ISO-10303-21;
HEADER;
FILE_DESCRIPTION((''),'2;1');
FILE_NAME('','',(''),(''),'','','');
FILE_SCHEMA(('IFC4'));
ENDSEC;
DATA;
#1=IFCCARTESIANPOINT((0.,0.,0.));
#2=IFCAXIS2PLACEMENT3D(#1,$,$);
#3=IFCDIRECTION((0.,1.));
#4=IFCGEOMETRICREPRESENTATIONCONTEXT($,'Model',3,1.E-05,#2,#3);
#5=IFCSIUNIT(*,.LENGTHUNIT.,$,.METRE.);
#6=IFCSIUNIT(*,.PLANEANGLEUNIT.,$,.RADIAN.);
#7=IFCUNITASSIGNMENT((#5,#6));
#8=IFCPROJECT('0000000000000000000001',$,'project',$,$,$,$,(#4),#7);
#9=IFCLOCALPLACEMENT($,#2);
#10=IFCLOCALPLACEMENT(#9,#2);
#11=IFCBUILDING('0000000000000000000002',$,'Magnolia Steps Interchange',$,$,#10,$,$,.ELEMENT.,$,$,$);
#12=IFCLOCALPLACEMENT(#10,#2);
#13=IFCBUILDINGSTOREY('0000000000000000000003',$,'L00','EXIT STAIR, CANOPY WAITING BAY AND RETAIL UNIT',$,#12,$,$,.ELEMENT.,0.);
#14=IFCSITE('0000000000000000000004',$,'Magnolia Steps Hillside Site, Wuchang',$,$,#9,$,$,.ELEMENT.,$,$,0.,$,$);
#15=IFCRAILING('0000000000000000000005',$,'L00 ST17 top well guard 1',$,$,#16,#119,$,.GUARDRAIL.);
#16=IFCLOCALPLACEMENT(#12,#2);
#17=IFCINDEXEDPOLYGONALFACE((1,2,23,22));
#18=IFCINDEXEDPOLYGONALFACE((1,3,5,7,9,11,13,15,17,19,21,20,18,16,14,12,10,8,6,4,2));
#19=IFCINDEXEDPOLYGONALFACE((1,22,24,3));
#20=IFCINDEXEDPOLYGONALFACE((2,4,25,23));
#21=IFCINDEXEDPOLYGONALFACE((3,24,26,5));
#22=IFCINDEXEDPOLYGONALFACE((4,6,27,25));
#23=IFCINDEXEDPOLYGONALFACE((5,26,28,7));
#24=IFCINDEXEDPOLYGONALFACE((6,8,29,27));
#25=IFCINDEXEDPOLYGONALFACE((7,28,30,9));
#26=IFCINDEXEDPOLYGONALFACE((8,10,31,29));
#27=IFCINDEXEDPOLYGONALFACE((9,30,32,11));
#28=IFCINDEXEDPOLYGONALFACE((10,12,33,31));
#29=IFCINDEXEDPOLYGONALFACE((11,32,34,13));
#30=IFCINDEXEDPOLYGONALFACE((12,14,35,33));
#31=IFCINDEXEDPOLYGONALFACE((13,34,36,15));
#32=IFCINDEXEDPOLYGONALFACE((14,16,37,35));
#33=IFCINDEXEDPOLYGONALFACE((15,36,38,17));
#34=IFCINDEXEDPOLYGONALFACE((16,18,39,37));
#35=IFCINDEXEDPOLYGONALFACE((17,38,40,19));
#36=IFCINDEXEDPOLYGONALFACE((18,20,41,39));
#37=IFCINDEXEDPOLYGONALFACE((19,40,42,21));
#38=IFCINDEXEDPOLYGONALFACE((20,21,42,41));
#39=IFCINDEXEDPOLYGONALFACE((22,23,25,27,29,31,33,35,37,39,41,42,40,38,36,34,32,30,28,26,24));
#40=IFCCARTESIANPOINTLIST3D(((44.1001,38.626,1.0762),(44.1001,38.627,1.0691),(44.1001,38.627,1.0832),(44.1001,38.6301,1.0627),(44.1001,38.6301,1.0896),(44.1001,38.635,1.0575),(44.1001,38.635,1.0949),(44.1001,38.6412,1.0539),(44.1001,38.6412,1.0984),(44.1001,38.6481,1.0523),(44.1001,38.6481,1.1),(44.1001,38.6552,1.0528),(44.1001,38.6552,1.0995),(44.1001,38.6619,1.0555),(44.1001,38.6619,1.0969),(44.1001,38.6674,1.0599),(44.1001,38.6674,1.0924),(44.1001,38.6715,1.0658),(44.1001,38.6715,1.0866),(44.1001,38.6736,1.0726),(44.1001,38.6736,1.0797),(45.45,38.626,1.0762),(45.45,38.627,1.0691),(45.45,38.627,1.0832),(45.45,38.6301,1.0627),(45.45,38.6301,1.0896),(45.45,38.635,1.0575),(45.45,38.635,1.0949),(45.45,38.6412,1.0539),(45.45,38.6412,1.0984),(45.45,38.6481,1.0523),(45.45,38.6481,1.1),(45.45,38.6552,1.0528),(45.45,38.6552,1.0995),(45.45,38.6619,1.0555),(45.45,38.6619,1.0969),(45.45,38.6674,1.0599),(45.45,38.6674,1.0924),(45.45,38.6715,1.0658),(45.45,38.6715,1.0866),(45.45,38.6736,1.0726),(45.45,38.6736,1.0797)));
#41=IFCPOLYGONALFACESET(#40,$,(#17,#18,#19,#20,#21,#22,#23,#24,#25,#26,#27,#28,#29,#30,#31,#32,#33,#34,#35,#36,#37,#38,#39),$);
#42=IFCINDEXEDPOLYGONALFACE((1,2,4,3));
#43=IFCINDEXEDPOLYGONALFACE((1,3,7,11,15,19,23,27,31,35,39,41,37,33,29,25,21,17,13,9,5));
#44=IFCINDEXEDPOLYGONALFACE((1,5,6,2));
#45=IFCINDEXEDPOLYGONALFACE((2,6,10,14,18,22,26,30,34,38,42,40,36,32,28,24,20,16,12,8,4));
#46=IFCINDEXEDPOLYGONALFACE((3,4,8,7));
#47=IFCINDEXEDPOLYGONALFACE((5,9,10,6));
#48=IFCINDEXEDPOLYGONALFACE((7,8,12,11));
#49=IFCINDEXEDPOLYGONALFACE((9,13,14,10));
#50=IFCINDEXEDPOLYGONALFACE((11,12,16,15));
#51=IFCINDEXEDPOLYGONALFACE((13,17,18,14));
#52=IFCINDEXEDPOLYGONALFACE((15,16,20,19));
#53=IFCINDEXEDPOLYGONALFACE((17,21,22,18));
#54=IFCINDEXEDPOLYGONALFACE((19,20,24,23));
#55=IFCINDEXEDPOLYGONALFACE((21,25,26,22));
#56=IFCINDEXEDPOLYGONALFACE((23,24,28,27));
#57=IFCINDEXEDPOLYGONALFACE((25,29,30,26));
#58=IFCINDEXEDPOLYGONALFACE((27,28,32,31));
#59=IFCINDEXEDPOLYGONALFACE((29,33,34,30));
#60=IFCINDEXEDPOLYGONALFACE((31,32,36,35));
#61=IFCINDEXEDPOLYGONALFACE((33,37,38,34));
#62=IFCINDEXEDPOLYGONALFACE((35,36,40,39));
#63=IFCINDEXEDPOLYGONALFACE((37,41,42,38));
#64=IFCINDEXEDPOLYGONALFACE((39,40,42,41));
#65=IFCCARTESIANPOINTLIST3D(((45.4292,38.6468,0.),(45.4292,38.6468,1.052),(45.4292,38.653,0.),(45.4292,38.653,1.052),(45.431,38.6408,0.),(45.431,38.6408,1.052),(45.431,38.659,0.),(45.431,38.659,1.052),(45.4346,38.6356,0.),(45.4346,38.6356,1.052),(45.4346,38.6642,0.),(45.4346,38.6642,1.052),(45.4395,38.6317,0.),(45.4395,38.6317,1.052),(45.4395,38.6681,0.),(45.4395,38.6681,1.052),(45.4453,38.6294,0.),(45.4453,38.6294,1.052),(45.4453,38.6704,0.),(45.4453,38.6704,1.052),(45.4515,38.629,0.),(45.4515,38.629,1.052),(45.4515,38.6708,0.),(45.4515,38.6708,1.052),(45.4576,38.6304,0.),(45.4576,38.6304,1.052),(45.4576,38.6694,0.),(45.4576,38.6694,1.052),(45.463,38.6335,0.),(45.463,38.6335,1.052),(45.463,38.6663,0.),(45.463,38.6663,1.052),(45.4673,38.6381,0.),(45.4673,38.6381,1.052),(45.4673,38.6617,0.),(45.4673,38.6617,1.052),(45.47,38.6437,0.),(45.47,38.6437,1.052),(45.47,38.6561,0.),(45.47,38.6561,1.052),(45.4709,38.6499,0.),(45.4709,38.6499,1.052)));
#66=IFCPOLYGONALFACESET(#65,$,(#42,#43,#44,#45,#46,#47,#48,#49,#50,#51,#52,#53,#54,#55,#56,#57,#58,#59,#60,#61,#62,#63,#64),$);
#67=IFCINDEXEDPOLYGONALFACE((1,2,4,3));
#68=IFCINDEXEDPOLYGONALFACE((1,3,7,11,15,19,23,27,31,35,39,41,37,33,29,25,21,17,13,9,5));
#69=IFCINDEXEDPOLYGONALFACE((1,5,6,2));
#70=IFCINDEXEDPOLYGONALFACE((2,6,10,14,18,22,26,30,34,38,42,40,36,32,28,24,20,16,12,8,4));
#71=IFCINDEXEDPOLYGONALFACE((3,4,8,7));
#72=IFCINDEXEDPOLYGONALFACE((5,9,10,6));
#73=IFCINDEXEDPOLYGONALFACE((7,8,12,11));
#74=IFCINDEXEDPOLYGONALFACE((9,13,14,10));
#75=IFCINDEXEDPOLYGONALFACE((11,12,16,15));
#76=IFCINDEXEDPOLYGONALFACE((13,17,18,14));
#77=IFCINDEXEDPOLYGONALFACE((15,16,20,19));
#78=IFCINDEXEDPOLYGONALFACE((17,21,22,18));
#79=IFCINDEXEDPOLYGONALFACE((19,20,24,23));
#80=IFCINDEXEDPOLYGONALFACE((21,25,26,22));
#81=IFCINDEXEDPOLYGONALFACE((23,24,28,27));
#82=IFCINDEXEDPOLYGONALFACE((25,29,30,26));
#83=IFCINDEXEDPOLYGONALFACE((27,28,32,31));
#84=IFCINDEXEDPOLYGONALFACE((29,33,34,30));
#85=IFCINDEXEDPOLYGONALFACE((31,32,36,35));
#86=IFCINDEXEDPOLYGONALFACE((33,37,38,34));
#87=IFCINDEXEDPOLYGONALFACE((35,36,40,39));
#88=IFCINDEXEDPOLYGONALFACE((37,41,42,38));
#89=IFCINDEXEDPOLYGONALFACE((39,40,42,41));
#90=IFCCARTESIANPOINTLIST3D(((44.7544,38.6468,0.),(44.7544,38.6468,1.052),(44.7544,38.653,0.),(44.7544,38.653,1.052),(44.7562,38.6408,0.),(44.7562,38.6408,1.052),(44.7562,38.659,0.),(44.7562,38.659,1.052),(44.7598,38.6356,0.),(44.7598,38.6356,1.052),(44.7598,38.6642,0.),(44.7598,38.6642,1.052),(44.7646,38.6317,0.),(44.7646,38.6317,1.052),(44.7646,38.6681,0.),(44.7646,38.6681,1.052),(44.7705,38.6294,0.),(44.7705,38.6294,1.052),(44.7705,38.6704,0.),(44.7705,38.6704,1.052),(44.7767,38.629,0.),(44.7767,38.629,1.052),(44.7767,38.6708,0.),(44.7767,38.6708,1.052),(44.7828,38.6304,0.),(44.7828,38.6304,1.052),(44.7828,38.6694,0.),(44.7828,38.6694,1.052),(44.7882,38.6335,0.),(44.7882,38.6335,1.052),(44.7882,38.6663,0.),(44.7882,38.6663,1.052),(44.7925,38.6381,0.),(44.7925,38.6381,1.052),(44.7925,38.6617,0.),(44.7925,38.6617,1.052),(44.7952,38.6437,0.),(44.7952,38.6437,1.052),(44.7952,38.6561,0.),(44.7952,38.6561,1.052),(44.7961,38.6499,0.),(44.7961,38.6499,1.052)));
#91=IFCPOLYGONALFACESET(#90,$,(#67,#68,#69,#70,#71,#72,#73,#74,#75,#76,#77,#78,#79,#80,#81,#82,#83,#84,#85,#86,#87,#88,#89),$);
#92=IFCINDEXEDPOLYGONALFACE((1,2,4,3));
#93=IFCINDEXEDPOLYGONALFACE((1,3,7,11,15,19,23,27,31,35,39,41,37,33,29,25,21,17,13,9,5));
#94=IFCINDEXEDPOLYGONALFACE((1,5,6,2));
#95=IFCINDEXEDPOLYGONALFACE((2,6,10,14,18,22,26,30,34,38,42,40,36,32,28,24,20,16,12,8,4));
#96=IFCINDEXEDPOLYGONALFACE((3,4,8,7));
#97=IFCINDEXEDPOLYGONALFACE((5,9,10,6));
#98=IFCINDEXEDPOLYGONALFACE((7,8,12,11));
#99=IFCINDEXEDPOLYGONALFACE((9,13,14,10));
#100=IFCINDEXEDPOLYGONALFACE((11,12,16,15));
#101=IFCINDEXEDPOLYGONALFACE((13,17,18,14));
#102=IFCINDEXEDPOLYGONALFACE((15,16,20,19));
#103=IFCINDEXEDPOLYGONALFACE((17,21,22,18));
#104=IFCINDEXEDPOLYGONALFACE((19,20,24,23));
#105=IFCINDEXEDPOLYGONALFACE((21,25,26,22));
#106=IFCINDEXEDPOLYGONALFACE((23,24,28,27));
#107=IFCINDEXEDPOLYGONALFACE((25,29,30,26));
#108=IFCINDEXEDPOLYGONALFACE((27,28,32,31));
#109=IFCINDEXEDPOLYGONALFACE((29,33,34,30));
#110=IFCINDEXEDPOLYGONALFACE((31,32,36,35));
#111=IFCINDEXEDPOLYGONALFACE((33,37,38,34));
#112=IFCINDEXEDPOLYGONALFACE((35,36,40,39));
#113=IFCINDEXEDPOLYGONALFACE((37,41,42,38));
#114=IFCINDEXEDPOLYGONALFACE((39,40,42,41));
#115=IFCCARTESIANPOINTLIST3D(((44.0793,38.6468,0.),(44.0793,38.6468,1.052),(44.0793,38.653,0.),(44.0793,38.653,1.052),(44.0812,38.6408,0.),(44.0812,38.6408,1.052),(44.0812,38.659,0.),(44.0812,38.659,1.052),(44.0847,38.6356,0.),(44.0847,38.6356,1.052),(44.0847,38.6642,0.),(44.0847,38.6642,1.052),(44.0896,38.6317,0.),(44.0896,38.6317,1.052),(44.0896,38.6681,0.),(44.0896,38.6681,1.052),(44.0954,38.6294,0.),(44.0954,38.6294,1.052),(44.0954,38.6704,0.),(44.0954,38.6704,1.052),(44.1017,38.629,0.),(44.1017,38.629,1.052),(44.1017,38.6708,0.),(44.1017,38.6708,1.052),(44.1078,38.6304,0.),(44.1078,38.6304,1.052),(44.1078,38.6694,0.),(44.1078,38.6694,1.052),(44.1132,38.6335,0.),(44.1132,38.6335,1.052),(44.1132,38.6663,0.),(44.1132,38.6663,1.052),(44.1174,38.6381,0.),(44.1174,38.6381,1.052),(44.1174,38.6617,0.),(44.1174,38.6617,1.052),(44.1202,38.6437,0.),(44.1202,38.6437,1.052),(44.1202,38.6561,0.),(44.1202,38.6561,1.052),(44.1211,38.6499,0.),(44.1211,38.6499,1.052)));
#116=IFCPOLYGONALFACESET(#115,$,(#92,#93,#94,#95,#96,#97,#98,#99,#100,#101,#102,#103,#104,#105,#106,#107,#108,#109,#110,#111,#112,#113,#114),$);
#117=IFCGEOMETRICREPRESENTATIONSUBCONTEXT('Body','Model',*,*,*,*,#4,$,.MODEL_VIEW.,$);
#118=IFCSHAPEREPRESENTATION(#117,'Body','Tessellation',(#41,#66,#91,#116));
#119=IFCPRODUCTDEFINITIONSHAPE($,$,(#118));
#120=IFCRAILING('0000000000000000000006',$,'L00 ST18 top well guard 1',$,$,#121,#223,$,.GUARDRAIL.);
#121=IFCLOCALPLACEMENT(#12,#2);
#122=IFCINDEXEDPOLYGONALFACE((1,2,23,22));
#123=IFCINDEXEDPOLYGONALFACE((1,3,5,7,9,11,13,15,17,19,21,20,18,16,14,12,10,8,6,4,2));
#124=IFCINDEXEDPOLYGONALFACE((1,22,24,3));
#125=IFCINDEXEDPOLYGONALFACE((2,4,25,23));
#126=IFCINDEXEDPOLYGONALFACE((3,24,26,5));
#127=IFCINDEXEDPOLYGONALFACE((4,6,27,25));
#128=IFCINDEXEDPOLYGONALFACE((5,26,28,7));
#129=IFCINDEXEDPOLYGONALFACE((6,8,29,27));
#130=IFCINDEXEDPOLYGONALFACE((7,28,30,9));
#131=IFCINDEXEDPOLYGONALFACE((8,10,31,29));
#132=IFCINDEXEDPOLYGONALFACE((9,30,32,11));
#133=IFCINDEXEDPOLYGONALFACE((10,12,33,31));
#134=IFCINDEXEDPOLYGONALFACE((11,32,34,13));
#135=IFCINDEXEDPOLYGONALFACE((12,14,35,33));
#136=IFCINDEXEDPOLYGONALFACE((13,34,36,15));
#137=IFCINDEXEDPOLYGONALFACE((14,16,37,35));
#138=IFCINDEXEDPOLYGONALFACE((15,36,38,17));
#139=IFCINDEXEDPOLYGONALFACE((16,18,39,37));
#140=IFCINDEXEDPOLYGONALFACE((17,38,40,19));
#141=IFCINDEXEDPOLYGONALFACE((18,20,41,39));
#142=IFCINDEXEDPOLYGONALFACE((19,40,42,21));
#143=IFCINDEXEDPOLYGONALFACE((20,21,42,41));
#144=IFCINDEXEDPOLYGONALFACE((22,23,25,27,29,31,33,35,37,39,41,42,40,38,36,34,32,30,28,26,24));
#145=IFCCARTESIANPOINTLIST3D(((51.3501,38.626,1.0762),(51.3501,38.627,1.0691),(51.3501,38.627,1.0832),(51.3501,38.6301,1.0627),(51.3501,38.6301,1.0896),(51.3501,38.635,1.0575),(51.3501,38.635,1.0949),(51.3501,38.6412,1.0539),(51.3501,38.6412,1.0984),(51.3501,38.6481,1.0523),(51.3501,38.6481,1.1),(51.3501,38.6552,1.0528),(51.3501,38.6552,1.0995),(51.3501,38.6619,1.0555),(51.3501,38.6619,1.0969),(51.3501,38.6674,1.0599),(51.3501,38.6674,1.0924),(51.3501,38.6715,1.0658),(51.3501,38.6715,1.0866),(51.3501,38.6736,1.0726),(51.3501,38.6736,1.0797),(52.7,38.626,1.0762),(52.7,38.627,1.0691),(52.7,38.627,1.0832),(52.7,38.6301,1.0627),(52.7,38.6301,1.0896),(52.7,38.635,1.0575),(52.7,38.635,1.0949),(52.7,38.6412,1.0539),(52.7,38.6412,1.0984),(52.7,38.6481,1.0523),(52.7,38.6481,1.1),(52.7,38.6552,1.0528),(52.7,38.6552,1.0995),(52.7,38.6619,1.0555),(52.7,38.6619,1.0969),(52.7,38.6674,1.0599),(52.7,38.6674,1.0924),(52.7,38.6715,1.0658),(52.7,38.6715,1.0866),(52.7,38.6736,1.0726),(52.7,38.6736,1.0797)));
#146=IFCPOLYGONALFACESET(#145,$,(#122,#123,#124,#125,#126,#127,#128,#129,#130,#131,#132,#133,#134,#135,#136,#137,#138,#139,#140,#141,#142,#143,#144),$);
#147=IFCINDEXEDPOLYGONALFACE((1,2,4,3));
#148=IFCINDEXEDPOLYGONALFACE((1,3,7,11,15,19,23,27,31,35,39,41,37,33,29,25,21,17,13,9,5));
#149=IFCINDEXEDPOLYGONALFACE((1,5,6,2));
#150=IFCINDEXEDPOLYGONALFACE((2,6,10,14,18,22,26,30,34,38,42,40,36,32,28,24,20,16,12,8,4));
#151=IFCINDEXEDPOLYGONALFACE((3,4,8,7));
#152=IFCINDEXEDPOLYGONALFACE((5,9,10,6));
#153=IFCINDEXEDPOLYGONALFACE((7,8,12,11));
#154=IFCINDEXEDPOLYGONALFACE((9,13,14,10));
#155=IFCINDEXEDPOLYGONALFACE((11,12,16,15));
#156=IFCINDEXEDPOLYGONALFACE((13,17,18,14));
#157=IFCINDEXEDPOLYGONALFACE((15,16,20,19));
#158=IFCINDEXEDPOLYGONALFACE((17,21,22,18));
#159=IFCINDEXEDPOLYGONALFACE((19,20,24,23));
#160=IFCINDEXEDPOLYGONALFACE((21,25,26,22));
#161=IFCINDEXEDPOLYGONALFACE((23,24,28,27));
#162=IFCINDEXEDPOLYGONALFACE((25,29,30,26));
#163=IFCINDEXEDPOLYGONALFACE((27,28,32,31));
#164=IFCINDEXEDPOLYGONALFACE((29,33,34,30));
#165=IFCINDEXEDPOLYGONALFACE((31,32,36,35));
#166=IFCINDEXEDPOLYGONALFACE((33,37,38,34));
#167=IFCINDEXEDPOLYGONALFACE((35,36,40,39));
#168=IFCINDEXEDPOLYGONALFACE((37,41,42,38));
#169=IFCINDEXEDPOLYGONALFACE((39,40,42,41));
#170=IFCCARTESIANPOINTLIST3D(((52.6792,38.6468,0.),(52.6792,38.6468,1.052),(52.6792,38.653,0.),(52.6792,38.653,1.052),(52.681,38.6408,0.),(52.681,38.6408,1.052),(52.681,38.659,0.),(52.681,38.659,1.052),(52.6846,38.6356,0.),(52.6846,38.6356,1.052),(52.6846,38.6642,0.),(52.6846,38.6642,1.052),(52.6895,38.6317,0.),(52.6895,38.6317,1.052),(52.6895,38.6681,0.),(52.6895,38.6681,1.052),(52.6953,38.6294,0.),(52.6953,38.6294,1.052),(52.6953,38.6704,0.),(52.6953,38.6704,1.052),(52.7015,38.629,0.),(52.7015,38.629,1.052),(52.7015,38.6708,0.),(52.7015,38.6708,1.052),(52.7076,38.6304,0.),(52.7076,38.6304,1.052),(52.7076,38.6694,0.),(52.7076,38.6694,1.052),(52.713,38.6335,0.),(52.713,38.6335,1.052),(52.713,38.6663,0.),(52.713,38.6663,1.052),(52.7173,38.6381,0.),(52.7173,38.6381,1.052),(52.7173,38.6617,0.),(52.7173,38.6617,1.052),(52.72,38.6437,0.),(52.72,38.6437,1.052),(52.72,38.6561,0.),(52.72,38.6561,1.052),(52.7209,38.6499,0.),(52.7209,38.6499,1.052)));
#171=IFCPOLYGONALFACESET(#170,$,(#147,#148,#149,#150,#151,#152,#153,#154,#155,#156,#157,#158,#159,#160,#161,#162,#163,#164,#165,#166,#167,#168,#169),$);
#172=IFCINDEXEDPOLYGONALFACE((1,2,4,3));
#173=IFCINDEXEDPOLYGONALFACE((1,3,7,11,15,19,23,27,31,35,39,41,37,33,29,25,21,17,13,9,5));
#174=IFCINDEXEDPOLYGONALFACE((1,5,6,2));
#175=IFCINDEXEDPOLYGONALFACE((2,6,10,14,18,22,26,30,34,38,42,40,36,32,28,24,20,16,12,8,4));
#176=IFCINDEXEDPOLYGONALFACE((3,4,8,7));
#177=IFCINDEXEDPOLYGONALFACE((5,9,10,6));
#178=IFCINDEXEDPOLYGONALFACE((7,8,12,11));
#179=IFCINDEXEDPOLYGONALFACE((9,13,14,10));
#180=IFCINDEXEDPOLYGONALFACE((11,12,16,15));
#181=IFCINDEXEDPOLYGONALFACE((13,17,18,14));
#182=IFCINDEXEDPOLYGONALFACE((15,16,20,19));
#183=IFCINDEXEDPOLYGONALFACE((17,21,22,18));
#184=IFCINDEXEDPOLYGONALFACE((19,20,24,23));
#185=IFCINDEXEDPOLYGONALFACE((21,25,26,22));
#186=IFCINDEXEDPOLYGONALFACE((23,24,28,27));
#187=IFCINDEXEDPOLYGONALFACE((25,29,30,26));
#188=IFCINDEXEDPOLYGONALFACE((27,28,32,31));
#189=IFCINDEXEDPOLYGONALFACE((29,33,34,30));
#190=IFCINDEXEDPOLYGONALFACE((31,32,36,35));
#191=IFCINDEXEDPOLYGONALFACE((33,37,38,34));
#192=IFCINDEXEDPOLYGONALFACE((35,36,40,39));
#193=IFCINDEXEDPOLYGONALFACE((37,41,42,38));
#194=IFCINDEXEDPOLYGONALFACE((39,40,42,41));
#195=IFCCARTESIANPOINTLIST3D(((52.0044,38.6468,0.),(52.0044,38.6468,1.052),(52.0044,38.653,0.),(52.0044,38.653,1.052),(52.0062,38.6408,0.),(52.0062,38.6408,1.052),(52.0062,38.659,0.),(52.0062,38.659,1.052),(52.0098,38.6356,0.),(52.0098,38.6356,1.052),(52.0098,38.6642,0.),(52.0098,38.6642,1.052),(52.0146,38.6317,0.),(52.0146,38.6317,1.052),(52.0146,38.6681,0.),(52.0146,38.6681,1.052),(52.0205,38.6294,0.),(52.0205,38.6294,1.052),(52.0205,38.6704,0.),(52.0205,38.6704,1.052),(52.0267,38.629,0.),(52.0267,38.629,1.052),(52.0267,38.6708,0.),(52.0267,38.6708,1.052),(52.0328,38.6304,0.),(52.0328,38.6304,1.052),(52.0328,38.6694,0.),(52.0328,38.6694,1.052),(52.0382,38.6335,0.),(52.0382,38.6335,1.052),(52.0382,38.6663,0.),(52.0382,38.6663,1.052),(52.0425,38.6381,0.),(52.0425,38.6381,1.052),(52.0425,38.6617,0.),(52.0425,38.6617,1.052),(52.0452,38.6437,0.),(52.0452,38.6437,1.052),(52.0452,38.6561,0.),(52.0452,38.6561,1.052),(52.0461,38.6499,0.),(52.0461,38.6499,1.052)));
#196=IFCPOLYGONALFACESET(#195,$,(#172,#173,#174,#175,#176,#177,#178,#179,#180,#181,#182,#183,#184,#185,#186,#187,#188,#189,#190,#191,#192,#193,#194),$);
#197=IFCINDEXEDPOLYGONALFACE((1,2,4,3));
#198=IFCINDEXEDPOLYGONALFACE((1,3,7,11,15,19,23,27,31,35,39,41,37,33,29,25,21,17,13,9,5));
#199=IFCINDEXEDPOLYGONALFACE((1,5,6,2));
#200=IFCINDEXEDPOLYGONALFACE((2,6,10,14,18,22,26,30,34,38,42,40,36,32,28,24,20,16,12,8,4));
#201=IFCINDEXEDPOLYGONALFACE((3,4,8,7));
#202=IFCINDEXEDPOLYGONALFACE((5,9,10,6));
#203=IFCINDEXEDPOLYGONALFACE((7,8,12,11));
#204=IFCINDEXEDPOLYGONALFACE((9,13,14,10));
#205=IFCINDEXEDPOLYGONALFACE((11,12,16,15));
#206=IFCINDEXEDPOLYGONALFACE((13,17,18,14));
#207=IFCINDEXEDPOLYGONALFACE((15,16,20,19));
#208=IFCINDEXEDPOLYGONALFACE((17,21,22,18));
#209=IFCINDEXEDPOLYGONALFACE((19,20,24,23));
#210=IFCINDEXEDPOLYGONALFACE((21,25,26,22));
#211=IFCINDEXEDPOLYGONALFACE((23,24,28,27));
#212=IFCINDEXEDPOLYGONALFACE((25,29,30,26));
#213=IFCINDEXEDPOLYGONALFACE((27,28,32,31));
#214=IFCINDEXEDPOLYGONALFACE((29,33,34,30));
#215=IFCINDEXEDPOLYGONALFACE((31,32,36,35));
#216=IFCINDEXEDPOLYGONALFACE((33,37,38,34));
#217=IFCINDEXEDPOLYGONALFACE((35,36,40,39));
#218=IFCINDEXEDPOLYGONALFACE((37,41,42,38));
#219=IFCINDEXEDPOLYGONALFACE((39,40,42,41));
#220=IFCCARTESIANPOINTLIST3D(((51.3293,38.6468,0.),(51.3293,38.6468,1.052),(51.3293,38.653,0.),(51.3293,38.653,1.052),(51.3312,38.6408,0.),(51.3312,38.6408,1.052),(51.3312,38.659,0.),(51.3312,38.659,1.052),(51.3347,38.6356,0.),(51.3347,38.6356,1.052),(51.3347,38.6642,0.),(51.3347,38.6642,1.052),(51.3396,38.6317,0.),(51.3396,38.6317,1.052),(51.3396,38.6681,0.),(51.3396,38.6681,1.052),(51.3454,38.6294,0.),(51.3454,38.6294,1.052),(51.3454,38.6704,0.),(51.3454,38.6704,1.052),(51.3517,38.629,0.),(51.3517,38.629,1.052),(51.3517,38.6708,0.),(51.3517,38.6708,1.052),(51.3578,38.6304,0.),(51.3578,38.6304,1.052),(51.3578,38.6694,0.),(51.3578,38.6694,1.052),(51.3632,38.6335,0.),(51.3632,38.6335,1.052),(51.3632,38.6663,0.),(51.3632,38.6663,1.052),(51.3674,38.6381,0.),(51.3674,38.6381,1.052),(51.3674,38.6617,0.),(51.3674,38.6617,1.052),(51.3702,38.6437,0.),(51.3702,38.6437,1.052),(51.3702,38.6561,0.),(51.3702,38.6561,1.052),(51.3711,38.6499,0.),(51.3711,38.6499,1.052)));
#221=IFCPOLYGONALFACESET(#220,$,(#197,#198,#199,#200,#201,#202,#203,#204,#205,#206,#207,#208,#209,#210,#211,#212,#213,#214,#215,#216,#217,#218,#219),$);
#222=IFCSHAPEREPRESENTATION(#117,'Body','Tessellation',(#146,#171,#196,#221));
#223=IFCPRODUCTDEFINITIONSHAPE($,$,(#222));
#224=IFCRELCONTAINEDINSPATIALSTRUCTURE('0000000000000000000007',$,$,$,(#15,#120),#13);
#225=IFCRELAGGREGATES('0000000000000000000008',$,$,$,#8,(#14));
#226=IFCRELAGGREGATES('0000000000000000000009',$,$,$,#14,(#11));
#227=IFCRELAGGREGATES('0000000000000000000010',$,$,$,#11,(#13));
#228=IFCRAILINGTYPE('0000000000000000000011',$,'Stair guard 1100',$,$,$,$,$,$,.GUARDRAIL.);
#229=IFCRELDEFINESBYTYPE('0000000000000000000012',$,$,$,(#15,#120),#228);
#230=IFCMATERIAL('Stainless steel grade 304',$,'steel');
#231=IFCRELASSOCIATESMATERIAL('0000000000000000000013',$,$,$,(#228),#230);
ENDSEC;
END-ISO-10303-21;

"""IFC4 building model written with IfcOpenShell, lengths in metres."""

from ifc_helpers import new_model, si_unit, direction, frame, origin, origin_2d, place, context, subcontext, project, spatial, circle, extrude, material, type_object, element, save


model = new_model("IFC4")

# Units and contexts
model_context = context("Model", 3, precision=1e-05, world=origin(), true_north=direction((0.0, 1.0)))
body_context = subcontext(model_context, "Body", "Model", "MODEL_VIEW")
ifc_project = project(units=[si_unit("LENGTHUNIT", "METRE"), si_unit("PLANEANGLEUNIT", "RADIAN")], contexts=[model_context])

# Site, building, storey
site_placement = place(None, origin())
site = spatial("IfcSite", under=ifc_project, at=site_placement, Name="Magnolia Steps Hillside Site, Wuchang", CompositionType="ELEMENT", RefElevation=0.0)
building_placement = place(site_placement, origin())
building = spatial("IfcBuilding", under=site, at=building_placement, Name="Magnolia Steps Interchange", CompositionType="ELEMENT")
storey_placement = place(building_placement, origin())
storey = spatial("IfcBuildingStorey", under=building, at=storey_placement, Name="L00", Description="EXIT STAIR, CANOPY WAITING BAY AND RETAIL UNIT", CompositionType="ELEMENT", Elevation=0.0)

# Railings
ifc_material_1 = material(Name="Stainless steel grade 304", Category="steel")
railing_type = type_object("IfcRailingType", Name="Stair guard 1100", PredefinedType="GUARDRAIL", material=ifc_material_1)
for number, where, name in (
    (1, (45.45, 38.6499, 0.0), "L00 ST17 top well guard 1"),
    (2, (52.7, 38.6499, 0.0), "L00 ST18 top well guard 1"),
):
    element("IfcRailing", number, at=place(storey_placement, frame(where)), inside=storey, type_object=railing_type, Name=name, PredefinedType="GUARDRAIL", context=body_context, shape_type="SweptSolid", body=[
        extrude(circle(Radius=0.0239, at=origin_2d()), frame((0.0, 0.0, 1.0762), z_axis=(-1.0, 0.0, 0.0), x_axis=(0.0, -1.0, 0.0)), (0.0, 0.0, 1.0), 1.3499),
        extrude(circle(Radius=0.021, at=origin_2d()), origin(), (0.0, 0.0, 1.0), 1.052),
        extrude(circle(Radius=0.021, at=origin_2d()), frame((-0.6748, 0.0, 0.0)), (0.0, 0.0, 1.0), 1.052),
        extrude(circle(Radius=0.021, at=origin_2d()), frame((-1.3499, 0.0, 0.0)), (0.0, 0.0, 1.0), 1.052),
    ])

save(model, "model.ifc")
